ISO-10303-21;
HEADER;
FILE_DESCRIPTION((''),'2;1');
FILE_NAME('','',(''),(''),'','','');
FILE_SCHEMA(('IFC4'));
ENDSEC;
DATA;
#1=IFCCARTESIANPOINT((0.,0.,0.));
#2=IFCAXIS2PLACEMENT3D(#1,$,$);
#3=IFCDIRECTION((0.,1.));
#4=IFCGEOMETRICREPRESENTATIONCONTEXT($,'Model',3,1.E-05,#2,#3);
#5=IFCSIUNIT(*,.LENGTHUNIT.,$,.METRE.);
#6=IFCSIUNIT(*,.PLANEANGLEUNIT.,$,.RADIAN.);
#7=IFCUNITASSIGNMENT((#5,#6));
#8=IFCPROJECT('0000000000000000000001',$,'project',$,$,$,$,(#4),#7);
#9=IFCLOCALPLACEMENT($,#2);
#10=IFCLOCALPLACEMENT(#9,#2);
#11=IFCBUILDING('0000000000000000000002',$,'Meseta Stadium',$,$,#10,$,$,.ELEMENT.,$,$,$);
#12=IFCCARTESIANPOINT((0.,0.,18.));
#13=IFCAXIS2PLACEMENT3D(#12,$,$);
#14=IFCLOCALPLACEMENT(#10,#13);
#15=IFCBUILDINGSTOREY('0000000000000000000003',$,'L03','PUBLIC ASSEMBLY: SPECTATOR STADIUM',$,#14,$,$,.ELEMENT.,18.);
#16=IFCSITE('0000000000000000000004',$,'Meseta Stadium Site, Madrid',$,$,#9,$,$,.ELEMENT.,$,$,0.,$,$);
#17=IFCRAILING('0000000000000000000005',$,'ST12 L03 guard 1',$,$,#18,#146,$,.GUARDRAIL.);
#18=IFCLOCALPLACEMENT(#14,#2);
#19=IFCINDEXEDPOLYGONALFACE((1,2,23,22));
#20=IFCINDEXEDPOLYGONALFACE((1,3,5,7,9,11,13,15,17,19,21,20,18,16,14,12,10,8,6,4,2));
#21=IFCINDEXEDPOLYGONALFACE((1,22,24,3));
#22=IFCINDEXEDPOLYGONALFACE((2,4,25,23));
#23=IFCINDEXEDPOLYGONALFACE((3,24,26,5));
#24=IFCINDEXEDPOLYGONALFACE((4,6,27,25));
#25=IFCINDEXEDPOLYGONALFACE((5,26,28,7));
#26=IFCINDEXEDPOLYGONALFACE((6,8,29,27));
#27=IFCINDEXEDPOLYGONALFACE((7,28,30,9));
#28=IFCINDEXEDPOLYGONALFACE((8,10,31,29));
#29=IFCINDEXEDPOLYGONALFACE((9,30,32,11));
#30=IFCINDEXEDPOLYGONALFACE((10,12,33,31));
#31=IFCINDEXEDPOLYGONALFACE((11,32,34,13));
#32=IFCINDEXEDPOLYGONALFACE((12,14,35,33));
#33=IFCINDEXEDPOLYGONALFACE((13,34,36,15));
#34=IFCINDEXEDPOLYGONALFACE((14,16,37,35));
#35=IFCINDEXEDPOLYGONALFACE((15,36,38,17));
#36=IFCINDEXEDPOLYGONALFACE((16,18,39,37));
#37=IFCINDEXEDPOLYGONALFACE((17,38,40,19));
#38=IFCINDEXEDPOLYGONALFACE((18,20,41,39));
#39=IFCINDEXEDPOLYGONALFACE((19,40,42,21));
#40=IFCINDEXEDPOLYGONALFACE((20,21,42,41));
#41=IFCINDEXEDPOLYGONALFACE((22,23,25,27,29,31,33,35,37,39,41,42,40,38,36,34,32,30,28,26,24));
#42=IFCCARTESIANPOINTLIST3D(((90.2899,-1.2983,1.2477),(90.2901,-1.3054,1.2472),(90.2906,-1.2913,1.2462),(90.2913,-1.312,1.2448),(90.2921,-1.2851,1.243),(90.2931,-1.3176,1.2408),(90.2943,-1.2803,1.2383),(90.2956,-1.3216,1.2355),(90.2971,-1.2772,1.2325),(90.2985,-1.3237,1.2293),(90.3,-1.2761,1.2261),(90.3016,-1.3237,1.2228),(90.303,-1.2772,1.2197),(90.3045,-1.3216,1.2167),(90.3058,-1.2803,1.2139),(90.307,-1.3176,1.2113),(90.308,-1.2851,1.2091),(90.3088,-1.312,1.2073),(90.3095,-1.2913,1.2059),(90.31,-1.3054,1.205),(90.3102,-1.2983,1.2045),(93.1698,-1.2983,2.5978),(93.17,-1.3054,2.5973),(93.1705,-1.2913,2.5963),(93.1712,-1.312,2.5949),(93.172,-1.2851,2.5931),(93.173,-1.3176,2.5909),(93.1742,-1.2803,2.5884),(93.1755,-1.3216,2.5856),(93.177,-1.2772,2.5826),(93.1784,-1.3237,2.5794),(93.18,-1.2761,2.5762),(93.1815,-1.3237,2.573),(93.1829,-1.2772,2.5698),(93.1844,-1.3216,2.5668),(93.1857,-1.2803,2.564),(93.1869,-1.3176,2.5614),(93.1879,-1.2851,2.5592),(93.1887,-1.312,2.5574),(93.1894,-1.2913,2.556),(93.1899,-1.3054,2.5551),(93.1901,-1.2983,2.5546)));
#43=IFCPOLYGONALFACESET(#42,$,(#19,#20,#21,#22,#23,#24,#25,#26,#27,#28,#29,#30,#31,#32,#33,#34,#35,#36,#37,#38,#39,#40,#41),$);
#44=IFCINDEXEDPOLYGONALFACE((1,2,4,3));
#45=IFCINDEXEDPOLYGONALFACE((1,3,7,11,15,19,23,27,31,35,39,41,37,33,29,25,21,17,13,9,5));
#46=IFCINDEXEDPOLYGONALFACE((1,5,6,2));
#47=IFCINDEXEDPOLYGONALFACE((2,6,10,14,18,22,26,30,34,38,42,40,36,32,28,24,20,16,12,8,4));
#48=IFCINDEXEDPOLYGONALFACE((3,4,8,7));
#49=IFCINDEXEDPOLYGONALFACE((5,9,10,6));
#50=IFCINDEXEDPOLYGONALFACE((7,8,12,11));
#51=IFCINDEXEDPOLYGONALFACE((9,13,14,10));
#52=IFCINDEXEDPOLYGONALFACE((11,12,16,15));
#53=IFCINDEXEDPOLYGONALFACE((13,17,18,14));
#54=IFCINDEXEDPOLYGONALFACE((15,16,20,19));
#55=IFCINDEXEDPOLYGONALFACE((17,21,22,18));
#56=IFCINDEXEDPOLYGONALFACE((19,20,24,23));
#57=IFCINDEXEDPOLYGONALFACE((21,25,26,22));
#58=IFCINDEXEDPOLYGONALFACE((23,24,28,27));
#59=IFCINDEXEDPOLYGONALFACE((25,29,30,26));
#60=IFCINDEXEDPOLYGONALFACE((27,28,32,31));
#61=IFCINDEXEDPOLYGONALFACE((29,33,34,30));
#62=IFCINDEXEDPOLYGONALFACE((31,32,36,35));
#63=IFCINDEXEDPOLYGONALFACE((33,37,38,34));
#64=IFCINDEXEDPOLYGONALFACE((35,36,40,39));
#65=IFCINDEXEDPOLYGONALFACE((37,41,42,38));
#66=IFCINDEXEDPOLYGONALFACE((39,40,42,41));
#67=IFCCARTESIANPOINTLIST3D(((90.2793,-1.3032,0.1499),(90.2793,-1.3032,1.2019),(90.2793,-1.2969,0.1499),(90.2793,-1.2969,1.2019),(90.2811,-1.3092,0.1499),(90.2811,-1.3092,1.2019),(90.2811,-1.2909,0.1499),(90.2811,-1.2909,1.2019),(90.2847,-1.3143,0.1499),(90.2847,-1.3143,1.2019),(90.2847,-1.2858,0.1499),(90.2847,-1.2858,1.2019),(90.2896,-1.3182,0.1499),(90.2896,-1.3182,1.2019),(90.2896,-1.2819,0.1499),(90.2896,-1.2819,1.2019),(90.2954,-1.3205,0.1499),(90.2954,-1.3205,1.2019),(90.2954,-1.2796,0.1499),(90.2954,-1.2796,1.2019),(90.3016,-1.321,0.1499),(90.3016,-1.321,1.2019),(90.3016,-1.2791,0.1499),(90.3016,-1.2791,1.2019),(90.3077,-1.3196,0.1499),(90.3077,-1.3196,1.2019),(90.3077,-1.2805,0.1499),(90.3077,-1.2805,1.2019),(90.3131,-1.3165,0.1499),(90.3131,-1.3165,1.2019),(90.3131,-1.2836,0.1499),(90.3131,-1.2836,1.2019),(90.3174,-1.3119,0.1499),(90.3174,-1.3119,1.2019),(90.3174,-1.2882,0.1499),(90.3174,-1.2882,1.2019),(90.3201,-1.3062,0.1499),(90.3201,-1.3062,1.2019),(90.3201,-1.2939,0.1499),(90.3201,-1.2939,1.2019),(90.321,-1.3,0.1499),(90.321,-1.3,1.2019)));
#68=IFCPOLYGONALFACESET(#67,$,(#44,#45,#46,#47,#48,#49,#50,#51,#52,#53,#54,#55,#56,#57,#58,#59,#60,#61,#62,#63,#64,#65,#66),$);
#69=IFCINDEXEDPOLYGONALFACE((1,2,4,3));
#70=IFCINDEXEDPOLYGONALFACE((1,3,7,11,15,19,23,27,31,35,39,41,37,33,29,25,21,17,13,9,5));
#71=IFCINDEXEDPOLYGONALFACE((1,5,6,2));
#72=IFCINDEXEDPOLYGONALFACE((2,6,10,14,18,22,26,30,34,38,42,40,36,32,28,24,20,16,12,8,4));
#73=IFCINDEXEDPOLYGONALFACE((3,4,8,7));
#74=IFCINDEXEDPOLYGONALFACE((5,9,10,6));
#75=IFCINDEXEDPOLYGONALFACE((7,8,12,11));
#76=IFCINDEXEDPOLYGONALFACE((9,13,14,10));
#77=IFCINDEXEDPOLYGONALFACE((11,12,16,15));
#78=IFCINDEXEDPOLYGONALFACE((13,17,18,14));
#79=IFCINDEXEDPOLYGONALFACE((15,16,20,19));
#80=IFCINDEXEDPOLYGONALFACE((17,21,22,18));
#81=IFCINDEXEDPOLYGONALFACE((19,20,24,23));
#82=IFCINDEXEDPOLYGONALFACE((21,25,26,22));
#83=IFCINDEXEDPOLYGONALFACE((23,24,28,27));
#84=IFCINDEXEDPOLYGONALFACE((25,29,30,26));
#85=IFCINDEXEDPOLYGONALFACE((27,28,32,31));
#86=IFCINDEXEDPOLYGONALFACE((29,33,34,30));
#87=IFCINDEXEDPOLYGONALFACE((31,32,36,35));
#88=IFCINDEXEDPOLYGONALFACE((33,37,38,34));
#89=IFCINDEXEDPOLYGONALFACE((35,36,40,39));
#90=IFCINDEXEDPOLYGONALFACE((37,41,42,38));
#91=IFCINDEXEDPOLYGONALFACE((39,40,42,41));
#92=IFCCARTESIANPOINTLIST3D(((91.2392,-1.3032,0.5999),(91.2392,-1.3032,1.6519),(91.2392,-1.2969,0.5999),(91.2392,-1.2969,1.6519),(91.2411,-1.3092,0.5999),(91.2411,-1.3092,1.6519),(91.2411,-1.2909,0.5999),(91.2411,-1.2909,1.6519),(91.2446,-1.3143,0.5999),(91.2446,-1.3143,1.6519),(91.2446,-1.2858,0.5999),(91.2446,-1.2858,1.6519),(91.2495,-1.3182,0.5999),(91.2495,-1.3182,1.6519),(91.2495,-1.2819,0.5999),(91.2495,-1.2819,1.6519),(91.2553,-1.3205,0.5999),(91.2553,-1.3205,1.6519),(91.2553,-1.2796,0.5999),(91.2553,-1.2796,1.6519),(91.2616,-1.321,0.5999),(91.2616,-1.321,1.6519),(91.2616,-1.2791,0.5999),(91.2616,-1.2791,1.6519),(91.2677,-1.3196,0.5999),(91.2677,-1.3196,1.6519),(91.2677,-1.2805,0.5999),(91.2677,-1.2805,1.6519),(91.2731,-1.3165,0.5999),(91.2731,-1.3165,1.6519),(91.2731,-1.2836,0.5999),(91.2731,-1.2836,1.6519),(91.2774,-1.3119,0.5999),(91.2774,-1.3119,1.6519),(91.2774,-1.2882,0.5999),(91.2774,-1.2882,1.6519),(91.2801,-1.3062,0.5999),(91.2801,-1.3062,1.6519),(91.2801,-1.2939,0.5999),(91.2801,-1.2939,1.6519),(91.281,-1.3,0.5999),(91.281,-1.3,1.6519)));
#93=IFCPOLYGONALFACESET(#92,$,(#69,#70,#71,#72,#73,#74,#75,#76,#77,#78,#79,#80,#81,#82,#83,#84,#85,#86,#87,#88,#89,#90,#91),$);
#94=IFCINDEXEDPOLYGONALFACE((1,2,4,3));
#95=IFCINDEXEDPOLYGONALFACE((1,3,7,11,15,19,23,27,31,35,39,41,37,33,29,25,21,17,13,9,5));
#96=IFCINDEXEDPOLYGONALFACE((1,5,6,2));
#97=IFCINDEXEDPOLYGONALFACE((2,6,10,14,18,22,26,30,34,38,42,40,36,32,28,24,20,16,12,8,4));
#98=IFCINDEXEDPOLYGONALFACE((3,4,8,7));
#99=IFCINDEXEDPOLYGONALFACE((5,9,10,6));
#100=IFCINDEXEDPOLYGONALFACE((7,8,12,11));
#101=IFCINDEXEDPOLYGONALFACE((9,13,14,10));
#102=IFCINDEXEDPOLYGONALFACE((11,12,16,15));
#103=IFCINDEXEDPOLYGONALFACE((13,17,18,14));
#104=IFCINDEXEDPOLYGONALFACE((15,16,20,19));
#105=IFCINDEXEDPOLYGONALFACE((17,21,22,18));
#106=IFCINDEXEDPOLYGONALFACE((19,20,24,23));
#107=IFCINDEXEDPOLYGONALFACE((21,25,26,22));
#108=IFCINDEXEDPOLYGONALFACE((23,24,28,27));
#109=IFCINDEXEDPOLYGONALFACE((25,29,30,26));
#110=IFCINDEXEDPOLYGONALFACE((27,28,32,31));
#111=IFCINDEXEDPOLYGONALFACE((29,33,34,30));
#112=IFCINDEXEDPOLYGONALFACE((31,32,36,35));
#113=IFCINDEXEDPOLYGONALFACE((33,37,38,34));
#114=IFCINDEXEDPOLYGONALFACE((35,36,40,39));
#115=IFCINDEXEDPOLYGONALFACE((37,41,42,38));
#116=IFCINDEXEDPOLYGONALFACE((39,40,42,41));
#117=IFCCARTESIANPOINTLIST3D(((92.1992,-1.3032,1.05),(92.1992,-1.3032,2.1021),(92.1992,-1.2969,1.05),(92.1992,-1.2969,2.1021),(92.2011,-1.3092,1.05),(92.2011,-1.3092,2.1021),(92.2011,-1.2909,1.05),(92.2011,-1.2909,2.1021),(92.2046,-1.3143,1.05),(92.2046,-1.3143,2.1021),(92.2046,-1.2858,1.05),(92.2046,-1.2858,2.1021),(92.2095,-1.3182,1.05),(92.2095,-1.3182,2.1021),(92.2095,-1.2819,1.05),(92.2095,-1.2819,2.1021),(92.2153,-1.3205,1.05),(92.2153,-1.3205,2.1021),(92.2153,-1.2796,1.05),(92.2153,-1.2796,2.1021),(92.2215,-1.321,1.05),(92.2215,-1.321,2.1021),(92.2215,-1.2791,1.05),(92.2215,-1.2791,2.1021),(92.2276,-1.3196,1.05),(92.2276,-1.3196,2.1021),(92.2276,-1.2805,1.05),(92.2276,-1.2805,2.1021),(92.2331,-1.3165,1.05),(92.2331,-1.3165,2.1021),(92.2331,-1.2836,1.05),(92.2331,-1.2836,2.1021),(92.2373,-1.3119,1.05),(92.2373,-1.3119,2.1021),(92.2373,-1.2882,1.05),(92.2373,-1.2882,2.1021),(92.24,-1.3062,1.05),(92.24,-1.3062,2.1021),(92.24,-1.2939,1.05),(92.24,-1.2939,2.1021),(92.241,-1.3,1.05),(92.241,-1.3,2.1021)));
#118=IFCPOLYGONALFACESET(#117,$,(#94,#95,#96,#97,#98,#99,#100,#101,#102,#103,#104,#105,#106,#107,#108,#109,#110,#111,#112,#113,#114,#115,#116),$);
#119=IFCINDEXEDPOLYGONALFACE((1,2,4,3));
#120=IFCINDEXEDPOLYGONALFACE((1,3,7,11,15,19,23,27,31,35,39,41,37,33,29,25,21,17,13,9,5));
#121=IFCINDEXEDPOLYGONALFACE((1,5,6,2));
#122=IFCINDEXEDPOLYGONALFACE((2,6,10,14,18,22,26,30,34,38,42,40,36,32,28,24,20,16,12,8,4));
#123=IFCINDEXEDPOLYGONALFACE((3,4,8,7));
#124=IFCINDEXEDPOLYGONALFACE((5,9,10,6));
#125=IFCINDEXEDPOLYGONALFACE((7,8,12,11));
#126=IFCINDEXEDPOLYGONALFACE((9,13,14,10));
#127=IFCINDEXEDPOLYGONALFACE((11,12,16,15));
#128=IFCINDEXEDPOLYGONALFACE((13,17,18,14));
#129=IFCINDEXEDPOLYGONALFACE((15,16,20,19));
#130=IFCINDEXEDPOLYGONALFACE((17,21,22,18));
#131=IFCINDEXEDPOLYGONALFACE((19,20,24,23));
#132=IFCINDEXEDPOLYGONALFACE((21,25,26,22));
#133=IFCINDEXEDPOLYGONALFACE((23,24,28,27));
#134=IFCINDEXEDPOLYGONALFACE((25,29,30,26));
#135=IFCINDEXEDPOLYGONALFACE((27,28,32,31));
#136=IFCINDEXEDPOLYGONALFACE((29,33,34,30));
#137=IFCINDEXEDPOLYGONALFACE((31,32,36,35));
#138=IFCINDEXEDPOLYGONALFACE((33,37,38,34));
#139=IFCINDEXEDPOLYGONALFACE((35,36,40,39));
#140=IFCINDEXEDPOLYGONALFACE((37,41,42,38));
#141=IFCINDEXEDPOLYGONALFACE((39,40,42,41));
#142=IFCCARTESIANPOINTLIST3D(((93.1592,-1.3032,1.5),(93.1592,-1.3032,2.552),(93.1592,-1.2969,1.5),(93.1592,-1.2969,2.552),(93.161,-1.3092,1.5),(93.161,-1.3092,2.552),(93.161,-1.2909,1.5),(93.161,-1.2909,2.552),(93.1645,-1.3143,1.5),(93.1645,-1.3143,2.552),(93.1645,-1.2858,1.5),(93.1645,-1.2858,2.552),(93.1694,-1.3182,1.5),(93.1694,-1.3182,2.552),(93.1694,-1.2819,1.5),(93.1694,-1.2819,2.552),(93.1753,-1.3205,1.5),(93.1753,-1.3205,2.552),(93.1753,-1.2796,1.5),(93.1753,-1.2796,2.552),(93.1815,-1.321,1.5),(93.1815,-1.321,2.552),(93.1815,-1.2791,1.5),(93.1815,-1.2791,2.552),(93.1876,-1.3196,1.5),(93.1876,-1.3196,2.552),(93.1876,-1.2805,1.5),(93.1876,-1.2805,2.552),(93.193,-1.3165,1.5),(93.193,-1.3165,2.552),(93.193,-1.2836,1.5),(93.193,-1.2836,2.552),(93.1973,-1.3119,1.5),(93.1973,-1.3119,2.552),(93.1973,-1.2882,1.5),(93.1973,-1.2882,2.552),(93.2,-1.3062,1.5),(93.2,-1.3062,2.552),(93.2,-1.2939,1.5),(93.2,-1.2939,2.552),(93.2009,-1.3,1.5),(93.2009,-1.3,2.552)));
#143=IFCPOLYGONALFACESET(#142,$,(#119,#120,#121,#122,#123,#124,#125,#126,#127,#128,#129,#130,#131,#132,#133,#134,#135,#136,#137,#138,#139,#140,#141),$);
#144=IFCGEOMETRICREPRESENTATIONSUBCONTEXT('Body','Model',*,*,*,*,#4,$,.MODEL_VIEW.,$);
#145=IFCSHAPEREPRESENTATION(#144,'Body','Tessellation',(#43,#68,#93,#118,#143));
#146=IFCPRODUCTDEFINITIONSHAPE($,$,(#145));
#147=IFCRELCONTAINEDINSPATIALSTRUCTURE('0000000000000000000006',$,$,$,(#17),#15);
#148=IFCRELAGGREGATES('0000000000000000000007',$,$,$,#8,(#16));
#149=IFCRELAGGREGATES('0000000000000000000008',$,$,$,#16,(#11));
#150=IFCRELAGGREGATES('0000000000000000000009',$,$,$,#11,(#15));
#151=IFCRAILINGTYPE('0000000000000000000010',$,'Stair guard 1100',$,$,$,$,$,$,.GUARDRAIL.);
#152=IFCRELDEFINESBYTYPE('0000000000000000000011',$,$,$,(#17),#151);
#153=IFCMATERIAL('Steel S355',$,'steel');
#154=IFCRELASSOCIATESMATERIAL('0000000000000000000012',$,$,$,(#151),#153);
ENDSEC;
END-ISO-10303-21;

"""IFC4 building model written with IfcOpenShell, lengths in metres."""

from ifc_helpers import new_model, si_unit, direction, frame, origin, origin_2d, place, context, subcontext, project, spatial, circle, extrude, material, type_object, element, save


model = new_model("IFC4")

# Units and contexts
model_context = context("Model", 3, precision=1e-05, world=origin(), true_north=direction((0.0, 1.0)))
body_context = subcontext(model_context, "Body", "Model", "MODEL_VIEW")
ifc_project = project(units=[si_unit("LENGTHUNIT", "METRE"), si_unit("PLANEANGLEUNIT", "RADIAN")], contexts=[model_context])

# Site, building, storey
site_placement = place(None, origin())
site = spatial("IfcSite", under=ifc_project, at=site_placement, Name="Meseta Stadium Site, Madrid", CompositionType="ELEMENT", RefElevation=0.0)
building_placement = place(site_placement, origin())
building = spatial("IfcBuilding", under=site, at=building_placement, Name="Meseta Stadium", CompositionType="ELEMENT")
storey_placement = place(building_placement, frame((0.0, 0.0, 18.0)))
storey = spatial("IfcBuildingStorey", under=building, at=storey_placement, Name="L03", Description="PUBLIC ASSEMBLY: SPECTATOR STADIUM", CompositionType="ELEMENT", Elevation=18.0)

# Railing
ifc_material_1 = material(Name="Steel S355", Category="steel")
railing_type_1 = type_object("IfcRailingType", Name="Stair guard 1100", PredefinedType="GUARDRAIL", material=ifc_material_1)
railing_1_placement = place(storey_placement, frame((90.3, -1.3, 0.1499)))
element("IfcRailing", 1, at=railing_1_placement, inside=storey, type_object=railing_type_1, Name="ST12 L03 guard 1", PredefinedType="GUARDRAIL", context=body_context, shape_type="SweptSolid", body=[
    extrude(circle(Radius=0.0239, at=origin_2d()), frame((0.0, 0.0, 1.0762), z_axis=(0.90544, 0.0, 0.424473), x_axis=(0.0, 1.0, 0.0)), (0.0, 0.0, 1.0), 3.1807),
    extrude(circle(Radius=0.021, at=origin_2d()), origin(), (0.0, 0.0, 1.0), 1.052),
    extrude(circle(Radius=0.021, at=origin_2d()), frame((0.96, 0.0, 0.45)), (0.0, 0.0, 1.0), 1.052),
    extrude(circle(Radius=0.021, at=origin_2d()), frame((1.9199, 0.0, 0.9001)), (0.0, 0.0, 1.0), 1.052),
    extrude(circle(Radius=0.021, at=origin_2d()), frame((2.8799, 0.0, 1.3501)), (0.0, 0.0, 1.0), 1.052),
])

save(model, "model.ifc")
